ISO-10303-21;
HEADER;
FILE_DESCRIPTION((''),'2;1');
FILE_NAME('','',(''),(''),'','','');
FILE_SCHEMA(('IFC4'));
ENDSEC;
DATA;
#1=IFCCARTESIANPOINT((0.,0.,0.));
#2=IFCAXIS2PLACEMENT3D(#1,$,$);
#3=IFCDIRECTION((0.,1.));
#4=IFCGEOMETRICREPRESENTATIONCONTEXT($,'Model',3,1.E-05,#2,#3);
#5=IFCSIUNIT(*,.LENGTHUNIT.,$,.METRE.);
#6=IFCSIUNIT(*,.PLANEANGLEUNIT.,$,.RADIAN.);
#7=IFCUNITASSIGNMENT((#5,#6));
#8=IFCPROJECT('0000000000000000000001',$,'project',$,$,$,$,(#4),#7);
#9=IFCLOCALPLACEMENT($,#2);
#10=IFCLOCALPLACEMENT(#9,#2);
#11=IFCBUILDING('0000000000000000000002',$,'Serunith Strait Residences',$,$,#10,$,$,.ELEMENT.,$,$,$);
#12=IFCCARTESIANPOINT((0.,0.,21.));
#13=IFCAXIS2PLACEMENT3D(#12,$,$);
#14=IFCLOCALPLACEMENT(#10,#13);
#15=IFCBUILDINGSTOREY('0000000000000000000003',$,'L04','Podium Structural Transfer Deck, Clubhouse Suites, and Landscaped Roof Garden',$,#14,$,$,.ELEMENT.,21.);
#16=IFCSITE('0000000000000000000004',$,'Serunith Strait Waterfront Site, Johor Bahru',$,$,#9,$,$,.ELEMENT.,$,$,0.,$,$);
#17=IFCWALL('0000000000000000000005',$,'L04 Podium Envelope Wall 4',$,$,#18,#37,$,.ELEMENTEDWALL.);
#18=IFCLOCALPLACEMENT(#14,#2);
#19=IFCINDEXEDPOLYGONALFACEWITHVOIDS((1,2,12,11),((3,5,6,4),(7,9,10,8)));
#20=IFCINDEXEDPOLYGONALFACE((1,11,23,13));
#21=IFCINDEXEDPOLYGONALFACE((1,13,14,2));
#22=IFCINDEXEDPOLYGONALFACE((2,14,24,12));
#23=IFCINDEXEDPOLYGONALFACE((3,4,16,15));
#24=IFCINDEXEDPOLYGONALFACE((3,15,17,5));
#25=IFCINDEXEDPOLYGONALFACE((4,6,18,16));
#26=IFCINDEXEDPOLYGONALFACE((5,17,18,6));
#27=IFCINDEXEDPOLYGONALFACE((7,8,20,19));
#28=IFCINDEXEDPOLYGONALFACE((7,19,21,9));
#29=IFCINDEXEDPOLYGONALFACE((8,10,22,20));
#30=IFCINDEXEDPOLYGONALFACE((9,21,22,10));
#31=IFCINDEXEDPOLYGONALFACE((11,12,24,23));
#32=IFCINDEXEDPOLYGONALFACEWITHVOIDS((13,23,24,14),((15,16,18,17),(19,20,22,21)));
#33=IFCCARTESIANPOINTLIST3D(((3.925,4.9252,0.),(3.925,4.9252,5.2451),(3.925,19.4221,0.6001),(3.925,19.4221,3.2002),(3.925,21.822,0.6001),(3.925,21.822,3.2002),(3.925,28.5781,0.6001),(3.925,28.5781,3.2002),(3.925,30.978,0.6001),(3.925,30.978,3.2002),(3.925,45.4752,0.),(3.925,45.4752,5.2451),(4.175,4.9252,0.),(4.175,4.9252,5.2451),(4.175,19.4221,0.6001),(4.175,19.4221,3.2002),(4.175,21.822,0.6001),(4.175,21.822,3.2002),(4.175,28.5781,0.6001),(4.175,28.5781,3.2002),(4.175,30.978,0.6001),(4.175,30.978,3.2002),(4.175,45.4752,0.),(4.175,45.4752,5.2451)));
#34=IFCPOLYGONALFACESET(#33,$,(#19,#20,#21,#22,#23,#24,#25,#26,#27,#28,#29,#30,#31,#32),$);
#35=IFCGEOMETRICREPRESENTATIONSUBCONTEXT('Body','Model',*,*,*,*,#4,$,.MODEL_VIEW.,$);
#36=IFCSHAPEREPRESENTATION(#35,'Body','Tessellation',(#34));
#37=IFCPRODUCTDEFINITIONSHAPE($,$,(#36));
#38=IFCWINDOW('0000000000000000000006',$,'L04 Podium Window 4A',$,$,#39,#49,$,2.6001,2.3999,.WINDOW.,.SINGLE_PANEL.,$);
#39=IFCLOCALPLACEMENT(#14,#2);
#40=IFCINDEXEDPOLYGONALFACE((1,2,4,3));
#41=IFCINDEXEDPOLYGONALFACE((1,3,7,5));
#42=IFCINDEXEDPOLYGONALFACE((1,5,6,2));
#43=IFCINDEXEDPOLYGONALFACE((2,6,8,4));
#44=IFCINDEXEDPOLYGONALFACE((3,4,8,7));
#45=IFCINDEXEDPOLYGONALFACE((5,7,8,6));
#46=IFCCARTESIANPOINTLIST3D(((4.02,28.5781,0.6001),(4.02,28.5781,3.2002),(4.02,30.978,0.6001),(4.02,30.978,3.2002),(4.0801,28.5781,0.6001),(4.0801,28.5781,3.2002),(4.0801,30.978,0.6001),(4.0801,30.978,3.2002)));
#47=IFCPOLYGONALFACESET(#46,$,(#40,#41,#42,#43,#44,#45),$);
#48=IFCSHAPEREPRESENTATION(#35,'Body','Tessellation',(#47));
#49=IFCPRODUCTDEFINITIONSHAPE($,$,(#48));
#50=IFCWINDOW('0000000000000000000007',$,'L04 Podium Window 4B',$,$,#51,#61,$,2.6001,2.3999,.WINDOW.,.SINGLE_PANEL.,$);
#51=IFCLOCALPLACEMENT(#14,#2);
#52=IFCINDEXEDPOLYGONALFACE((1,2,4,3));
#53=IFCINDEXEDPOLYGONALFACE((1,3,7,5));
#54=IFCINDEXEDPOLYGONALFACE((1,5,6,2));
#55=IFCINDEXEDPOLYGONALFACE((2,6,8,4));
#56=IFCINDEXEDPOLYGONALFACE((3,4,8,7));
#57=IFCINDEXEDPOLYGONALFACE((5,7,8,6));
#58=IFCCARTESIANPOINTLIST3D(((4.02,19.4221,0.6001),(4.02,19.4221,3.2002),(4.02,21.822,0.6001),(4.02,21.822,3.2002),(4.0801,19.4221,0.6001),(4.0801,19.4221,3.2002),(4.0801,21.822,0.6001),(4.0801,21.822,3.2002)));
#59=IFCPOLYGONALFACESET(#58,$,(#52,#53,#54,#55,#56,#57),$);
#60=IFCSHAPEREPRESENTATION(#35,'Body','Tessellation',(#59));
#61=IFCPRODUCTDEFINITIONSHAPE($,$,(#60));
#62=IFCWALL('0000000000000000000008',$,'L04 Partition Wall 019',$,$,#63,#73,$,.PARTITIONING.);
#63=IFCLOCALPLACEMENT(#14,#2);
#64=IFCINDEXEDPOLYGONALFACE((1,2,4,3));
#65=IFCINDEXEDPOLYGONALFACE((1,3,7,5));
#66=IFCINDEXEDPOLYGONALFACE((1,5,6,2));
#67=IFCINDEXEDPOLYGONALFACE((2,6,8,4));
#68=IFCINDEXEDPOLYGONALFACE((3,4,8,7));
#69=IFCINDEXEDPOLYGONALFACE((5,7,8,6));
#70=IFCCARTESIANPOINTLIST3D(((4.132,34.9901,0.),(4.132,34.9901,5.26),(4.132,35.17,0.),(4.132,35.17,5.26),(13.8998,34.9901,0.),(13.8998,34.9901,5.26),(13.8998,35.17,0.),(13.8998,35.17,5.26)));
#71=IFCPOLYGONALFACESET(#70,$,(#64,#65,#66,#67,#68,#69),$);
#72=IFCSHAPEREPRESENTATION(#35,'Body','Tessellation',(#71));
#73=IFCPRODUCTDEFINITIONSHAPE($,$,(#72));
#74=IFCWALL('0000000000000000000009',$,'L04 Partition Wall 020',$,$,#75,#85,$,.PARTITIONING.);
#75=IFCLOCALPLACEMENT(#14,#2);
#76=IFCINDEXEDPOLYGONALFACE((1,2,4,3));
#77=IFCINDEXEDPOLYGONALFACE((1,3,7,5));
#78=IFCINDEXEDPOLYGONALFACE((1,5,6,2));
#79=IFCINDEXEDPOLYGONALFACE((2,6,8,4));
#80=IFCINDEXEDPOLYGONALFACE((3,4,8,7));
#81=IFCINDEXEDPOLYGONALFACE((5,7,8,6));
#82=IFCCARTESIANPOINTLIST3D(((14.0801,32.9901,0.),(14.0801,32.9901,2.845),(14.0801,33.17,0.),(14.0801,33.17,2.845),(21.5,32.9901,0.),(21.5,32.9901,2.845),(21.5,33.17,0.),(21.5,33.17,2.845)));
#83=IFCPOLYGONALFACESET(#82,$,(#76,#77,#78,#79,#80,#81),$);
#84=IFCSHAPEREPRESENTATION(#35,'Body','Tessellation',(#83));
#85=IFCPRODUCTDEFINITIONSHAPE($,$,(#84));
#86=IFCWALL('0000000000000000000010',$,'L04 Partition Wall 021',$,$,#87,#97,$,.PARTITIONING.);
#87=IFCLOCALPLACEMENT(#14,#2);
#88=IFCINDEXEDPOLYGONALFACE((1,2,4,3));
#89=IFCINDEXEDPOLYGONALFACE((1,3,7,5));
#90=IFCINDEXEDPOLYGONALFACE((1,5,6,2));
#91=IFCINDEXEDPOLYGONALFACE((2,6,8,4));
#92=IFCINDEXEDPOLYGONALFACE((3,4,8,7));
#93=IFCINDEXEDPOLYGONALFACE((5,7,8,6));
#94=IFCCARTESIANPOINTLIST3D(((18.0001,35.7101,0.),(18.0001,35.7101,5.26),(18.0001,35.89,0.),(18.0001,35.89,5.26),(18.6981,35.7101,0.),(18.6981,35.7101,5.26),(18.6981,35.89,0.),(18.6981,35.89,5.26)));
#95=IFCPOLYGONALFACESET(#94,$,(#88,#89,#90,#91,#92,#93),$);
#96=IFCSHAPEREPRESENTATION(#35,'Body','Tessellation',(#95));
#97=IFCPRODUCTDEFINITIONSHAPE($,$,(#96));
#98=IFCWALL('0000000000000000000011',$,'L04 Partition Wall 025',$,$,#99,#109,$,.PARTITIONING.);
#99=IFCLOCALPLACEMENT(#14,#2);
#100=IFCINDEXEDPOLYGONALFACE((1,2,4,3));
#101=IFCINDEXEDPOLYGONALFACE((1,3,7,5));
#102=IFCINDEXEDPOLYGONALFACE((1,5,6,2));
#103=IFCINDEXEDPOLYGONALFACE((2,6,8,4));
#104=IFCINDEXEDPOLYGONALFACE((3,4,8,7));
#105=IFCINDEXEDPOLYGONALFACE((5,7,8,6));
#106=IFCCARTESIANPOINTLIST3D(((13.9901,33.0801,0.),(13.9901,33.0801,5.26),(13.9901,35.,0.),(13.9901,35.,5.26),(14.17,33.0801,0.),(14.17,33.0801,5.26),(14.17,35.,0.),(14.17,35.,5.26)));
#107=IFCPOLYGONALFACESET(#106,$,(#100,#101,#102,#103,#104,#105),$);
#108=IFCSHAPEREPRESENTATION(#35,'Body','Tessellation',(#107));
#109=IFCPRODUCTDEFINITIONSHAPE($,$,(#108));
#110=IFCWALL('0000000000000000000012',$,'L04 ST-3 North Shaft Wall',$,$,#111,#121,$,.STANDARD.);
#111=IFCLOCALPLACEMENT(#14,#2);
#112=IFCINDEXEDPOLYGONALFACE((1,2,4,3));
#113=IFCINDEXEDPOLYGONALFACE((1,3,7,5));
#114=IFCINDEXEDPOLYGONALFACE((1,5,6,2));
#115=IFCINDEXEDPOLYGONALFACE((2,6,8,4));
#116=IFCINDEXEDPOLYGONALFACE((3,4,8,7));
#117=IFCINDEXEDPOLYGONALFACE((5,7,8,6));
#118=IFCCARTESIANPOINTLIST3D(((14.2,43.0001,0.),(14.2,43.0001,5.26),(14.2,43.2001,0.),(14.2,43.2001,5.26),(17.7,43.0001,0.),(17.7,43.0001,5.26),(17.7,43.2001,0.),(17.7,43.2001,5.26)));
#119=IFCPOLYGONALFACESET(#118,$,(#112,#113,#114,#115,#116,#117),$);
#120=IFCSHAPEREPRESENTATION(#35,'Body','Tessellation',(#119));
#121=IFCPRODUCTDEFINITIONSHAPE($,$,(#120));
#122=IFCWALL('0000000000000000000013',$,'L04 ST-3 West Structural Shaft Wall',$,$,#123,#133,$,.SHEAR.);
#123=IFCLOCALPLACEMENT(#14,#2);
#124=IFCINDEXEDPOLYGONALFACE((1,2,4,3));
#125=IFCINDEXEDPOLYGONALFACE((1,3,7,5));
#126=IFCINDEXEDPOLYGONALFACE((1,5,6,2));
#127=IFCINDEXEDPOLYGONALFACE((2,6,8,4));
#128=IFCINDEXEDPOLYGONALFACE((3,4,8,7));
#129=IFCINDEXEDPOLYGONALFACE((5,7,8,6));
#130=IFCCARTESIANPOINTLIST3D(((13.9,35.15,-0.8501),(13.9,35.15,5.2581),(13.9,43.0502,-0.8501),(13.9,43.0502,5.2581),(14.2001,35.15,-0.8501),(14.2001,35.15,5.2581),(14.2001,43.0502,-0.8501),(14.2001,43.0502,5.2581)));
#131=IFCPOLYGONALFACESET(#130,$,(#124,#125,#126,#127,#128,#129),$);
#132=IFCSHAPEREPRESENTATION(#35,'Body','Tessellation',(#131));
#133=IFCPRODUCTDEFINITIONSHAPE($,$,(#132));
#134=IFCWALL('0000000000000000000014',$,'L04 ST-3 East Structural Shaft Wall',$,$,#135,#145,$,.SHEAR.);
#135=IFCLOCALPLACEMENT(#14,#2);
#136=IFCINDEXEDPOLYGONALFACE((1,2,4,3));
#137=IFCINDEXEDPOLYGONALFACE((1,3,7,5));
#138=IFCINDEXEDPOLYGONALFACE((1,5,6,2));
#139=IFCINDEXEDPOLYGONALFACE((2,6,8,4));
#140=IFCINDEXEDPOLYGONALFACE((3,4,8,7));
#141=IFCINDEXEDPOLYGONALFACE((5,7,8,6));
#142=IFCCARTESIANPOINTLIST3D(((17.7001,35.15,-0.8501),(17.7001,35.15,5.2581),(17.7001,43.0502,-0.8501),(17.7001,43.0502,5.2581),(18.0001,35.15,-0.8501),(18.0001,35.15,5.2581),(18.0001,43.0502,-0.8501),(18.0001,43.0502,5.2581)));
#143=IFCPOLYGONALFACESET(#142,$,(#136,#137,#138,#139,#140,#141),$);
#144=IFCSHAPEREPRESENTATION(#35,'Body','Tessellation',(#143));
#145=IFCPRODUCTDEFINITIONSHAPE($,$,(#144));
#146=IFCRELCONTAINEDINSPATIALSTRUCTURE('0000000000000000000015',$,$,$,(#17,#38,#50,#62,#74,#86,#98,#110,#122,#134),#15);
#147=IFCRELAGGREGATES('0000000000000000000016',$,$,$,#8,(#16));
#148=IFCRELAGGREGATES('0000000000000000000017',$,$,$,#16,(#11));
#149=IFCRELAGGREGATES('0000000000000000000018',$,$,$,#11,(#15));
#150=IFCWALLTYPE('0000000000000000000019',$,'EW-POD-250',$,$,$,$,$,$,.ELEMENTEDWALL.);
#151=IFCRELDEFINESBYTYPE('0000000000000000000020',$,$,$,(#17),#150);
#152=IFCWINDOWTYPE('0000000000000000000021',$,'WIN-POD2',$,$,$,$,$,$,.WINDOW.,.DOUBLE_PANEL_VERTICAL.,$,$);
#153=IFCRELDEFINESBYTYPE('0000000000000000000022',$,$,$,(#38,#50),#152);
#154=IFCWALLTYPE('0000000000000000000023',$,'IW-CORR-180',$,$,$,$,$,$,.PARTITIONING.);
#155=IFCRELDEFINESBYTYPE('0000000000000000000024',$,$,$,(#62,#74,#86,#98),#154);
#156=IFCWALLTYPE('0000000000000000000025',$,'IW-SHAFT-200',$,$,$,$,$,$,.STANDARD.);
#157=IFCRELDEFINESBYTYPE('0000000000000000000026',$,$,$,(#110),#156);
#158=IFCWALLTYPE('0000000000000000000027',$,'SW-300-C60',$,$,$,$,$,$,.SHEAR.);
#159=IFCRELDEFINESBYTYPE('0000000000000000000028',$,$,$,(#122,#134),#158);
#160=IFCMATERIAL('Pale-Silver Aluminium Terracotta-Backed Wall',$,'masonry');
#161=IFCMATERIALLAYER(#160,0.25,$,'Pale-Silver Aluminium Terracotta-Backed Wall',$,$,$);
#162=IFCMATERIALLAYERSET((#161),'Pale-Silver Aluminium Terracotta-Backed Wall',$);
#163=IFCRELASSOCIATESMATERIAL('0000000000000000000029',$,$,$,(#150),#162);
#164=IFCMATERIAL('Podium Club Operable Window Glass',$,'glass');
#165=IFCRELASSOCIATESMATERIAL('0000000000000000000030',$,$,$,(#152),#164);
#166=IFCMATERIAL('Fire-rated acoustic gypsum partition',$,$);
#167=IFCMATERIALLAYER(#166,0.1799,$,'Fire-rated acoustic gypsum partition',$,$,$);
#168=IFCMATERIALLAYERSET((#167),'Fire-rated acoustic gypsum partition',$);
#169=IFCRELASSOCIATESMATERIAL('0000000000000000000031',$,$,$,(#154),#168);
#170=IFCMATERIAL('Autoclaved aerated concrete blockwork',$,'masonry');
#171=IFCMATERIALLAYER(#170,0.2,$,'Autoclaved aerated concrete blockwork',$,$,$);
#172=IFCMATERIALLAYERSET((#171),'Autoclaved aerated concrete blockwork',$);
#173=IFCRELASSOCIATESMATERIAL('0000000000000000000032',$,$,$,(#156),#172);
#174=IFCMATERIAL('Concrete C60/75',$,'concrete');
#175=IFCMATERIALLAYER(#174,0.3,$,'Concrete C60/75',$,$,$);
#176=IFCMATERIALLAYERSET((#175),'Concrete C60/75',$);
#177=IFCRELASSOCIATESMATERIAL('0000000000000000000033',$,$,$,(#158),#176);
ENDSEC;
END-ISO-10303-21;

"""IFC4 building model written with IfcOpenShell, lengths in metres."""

from ifc_helpers import new_model, si_unit, direction, frame, frame_2d, origin, place, context, subcontext, project, spatial, rectangle, extrude, source, transform, mapped, material, layer, layer_set, type_object, element, fill, save


model = new_model("IFC4")

# Units and contexts
model_context = context("Model", 3, precision=1e-05, world=origin(), true_north=direction((0.0, 1.0)))
body_context = subcontext(model_context, "Body", "Model", "MODEL_VIEW")
ifc_project = project(units=[si_unit("LENGTHUNIT", "METRE"), si_unit("PLANEANGLEUNIT", "RADIAN")], contexts=[model_context])

# Site, building, storey
site_placement = place(None, origin())
site = spatial("IfcSite", under=ifc_project, at=site_placement, Name="Serunith Strait Waterfront Site, Johor Bahru", CompositionType="ELEMENT", RefElevation=0.0)
building_placement = place(site_placement, origin())
building = spatial("IfcBuilding", under=site, at=building_placement, Name="Serunith Strait Residences", CompositionType="ELEMENT")
storey_placement = place(building_placement, frame((0.0, 0.0, 21.0)))
storey = spatial("IfcBuildingStorey", under=building, at=storey_placement, Name="L04", Description="Podium Structural Transfer Deck, Clubhouse Suites, and Landscaped Roof Garden", CompositionType="ELEMENT", Elevation=21.0)

# Wall, openings, windows
ifc_material_1 = material(Name="Pale-Silver Aluminium Terracotta-Backed Wall", Category="masonry")
ifc_layer_1 = layer(ifc_material_1, 0.25, Name="Pale-Silver Aluminium Terracotta-Backed Wall")
ifc_layer_set_1 = layer_set([ifc_layer_1], Name="Pale-Silver Aluminium Terracotta-Backed Wall")
wall_type_1 = type_object("IfcWallType", Name="EW-POD-250", PredefinedType="ELEMENTEDWALL", material=ifc_layer_set_1)
wall_1_placement = place(storey_placement, frame((4.05, 45.4751, 0.0), z_axis=(0.0, 0.0, 1.0), x_axis=(0.0, -1.0, 0.0)))
wall_1 = element("IfcWall", 1, at=wall_1_placement, inside=storey, type_object=wall_type_1, Name="L04 Podium Envelope Wall 4", PredefinedType="ELEMENTEDWALL", context=body_context, shape_type="SweptSolid", body=[
    extrude(rectangle(XDim=40.55, YDim=0.25, at=frame_2d((20.2749, 0.0))), origin(), (0.0, 0.0, 1.0), 5.2451),
])
opening_1_placement = place(wall_1_placement, frame((14.4971, 0.0, 0.6001)))
opening_1 = element("IfcOpeningElement", 2, at=opening_1_placement, cuts=wall_1, PredefinedType="OPENING", context=body_context, shape_type="SweptSolid", body=[
    extrude(rectangle(XDim=2.3999, YDim=2.6001, at=frame_2d((1.2, 1.3))), frame((0.0, 0.135, 0.0), z_axis=(0.0, -1.0, 0.0), x_axis=(1.0, 0.0, 0.0)), (0.0, 0.0, 1.0), 0.27),
])
opening_2_placement = place(wall_1_placement, frame((23.6531, 0.0, 0.6001)))
opening_2 = element("IfcOpeningElement", 3, at=opening_2_placement, cuts=wall_1, PredefinedType="OPENING", context=body_context, shape_type="SweptSolid", body=[
    extrude(rectangle(XDim=2.3999, YDim=2.6001, at=frame_2d((1.2, 1.3))), frame((0.0, 0.135, 0.0), z_axis=(0.0, -1.0, 0.0), x_axis=(1.0, 0.0, 0.0)), (0.0, 0.0, 1.0), 0.27),
])
ifc_material_2 = material(Name="Podium Club Operable Window Glass", Category="glass")
window_type = type_object("IfcWindowType", Name="WIN-POD2", PartitioningType="DOUBLE_PANEL_VERTICAL", PredefinedType="WINDOW", material=ifc_material_2)
shared_shape_1 = source(origin(), body_context, "Body", "SweptSolid", [
    extrude(rectangle(XDim=2.3999, YDim=2.6001, at=frame_2d((1.2, 1.3))), frame((0.0, 0.03, 0.0), z_axis=(0.0, -1.0, 0.0), x_axis=(1.0, 0.0, 0.0)), (0.0, 0.0, 1.0), 0.0601),
])
window_1_placement = place(opening_1_placement, origin())
window_1 = element("IfcWindow", 4, at=window_1_placement, inside=storey, type_object=window_type, Name="L04 Podium Window 4A", OverallHeight=2.6001, OverallWidth=2.3999, PartitioningType="SINGLE_PANEL", PredefinedType="WINDOW", context=body_context, shape_type="MappedRepresentation", body=[
    mapped(shared_shape_1, transform((0.0, 0.0, 0.0), scale=1.0)),
])
fill(opening_1, window_1)
window_2_placement = place(opening_2_placement, origin())
window_2 = element("IfcWindow", 5, at=window_2_placement, inside=storey, type_object=window_type, Name="L04 Podium Window 4B", OverallHeight=2.6001, OverallWidth=2.3999, PartitioningType="SINGLE_PANEL", PredefinedType="WINDOW", context=body_context, shape_type="MappedRepresentation", body=[
    mapped(shared_shape_1, transform((0.0, 0.0, 0.0), scale=1.0)),
])
fill(opening_2, window_2)

# Walls
ifc_material_3 = material(Name="Fire-rated acoustic gypsum partition")
ifc_layer_2 = layer(ifc_material_3, 0.1799, Name="Fire-rated acoustic gypsum partition")
ifc_layer_set_2 = layer_set([ifc_layer_2], Name="Fire-rated acoustic gypsum partition")
wall_type_2 = type_object("IfcWallType", Name="IW-CORR-180", PredefinedType="PARTITIONING", material=ifc_layer_set_2)
wall_2_placement = place(storey_placement, frame((4.1321, 35.0801, 0.0), z_axis=(0.0, 0.0, 1.0), x_axis=(1.0, 0.0, 0.0)))
element("IfcWall", 6, at=wall_2_placement, inside=storey, type_object=wall_type_2, Name="L04 Partition Wall 019", PredefinedType="PARTITIONING", context=body_context, shape_type="SweptSolid", body=[
    extrude(rectangle(XDim=9.7678, YDim=0.1799, at=frame_2d((4.8838, 0.0))), origin(), (0.0, 0.0, 1.0), 5.26),
])
wall_3_placement = place(storey_placement, frame((14.0801, 33.0801, 0.0), z_axis=(0.0, 0.0, 1.0), x_axis=(1.0, 0.0, 0.0)))
element("IfcWall", 7, at=wall_3_placement, inside=storey, type_object=wall_type_2, Name="L04 Partition Wall 020", PredefinedType="PARTITIONING", context=body_context, shape_type="SweptSolid", body=[
    extrude(rectangle(XDim=7.4199, YDim=0.1799, at=frame_2d((3.71, 0.0))), origin(), (0.0, 0.0, 1.0), 2.845),
])
wall_4_placement = place(storey_placement, frame((18.0, 35.8, 0.0), z_axis=(0.0, 0.0, 1.0), x_axis=(1.0, 0.0, 0.0)))
element("IfcWall", 8, at=wall_4_placement, inside=storey, type_object=wall_type_2, Name="L04 Partition Wall 021", PredefinedType="PARTITIONING", context=body_context, shape_type="SweptSolid", body=[
    extrude(rectangle(XDim=0.698, YDim=0.1799, at=frame_2d((0.3491, 0.0))), origin(), (0.0, 0.0, 1.0), 5.26),
])
wall_5_placement = place(storey_placement, frame((14.0801, 33.0801, 0.0), z_axis=(0.0, 0.0, 1.0), x_axis=(0.0, 1.0, 0.0)))
element("IfcWall", 9, at=wall_5_placement, inside=storey, type_object=wall_type_2, Name="L04 Partition Wall 025", PredefinedType="PARTITIONING", context=body_context, shape_type="SweptSolid", body=[
    extrude(rectangle(XDim=1.9199, YDim=0.1799, at=frame_2d((0.96, 0.0))), origin(), (0.0, 0.0, 1.0), 5.26),
])

# Shared definitions
ifc_material_4 = material(Name="Autoclaved aerated concrete blockwork", Category="masonry")
ifc_layer_3 = layer(ifc_material_4, 0.2, Name="Autoclaved aerated concrete blockwork")
ifc_layer_set_3 = layer_set([ifc_layer_3], Name="Autoclaved aerated concrete blockwork")
wall_type_3 = type_object("IfcWallType", Name="IW-SHAFT-200", PredefinedType="STANDARD", material=ifc_layer_set_3)

# Walls
wall_6_placement = place(storey_placement, frame((14.2, 43.1001, 0.0), z_axis=(0.0, 0.0, 1.0), x_axis=(1.0, 0.0, 0.0)))
element("IfcWall", 10, at=wall_6_placement, inside=storey, type_object=wall_type_3, Name="L04 ST-3 North Shaft Wall", PredefinedType="STANDARD", context=body_context, shape_type="SweptSolid", body=[
    extrude(rectangle(XDim=3.5, YDim=0.2, at=frame_2d((1.75, 0.0))), origin(), (0.0, 0.0, 1.0), 5.26),
])
ifc_material_5 = material(Name="Concrete C60/75", Category="concrete")
ifc_layer_4 = layer(ifc_material_5, 0.3, Name="Concrete C60/75")
ifc_layer_set_4 = layer_set([ifc_layer_4], Name="Concrete C60/75")
wall_type_4 = type_object("IfcWallType", Name="SW-300-C60", PredefinedType="SHEAR", material=ifc_layer_set_4)
for number, where, z_axis, x_axis, name in (
    (11, (14.05, 35.1499, -0.8501), (0.0, 0.0, 1.0), (0.0, 1.0, 0.0), "L04 ST-3 West Structural Shaft Wall"),
    (12, (17.8501, 35.1499, -0.8501), (0.0, 0.0, 1.0), (0.0, 1.0, 0.0), "L04 ST-3 East Structural Shaft Wall"),
):
    element("IfcWall", number, at=place(storey_placement, frame(where, z_axis=z_axis, x_axis=x_axis)), inside=storey, type_object=wall_type_4, Name=name, PredefinedType="SHEAR", context=body_context, shape_type="SweptSolid", body=[
        extrude(rectangle(XDim=7.9001, YDim=0.3, at=frame_2d((3.9502, 0.0))), origin(), (0.0, 0.0, 1.0), 6.1082),
    ])

save(model, "model.ifc")
